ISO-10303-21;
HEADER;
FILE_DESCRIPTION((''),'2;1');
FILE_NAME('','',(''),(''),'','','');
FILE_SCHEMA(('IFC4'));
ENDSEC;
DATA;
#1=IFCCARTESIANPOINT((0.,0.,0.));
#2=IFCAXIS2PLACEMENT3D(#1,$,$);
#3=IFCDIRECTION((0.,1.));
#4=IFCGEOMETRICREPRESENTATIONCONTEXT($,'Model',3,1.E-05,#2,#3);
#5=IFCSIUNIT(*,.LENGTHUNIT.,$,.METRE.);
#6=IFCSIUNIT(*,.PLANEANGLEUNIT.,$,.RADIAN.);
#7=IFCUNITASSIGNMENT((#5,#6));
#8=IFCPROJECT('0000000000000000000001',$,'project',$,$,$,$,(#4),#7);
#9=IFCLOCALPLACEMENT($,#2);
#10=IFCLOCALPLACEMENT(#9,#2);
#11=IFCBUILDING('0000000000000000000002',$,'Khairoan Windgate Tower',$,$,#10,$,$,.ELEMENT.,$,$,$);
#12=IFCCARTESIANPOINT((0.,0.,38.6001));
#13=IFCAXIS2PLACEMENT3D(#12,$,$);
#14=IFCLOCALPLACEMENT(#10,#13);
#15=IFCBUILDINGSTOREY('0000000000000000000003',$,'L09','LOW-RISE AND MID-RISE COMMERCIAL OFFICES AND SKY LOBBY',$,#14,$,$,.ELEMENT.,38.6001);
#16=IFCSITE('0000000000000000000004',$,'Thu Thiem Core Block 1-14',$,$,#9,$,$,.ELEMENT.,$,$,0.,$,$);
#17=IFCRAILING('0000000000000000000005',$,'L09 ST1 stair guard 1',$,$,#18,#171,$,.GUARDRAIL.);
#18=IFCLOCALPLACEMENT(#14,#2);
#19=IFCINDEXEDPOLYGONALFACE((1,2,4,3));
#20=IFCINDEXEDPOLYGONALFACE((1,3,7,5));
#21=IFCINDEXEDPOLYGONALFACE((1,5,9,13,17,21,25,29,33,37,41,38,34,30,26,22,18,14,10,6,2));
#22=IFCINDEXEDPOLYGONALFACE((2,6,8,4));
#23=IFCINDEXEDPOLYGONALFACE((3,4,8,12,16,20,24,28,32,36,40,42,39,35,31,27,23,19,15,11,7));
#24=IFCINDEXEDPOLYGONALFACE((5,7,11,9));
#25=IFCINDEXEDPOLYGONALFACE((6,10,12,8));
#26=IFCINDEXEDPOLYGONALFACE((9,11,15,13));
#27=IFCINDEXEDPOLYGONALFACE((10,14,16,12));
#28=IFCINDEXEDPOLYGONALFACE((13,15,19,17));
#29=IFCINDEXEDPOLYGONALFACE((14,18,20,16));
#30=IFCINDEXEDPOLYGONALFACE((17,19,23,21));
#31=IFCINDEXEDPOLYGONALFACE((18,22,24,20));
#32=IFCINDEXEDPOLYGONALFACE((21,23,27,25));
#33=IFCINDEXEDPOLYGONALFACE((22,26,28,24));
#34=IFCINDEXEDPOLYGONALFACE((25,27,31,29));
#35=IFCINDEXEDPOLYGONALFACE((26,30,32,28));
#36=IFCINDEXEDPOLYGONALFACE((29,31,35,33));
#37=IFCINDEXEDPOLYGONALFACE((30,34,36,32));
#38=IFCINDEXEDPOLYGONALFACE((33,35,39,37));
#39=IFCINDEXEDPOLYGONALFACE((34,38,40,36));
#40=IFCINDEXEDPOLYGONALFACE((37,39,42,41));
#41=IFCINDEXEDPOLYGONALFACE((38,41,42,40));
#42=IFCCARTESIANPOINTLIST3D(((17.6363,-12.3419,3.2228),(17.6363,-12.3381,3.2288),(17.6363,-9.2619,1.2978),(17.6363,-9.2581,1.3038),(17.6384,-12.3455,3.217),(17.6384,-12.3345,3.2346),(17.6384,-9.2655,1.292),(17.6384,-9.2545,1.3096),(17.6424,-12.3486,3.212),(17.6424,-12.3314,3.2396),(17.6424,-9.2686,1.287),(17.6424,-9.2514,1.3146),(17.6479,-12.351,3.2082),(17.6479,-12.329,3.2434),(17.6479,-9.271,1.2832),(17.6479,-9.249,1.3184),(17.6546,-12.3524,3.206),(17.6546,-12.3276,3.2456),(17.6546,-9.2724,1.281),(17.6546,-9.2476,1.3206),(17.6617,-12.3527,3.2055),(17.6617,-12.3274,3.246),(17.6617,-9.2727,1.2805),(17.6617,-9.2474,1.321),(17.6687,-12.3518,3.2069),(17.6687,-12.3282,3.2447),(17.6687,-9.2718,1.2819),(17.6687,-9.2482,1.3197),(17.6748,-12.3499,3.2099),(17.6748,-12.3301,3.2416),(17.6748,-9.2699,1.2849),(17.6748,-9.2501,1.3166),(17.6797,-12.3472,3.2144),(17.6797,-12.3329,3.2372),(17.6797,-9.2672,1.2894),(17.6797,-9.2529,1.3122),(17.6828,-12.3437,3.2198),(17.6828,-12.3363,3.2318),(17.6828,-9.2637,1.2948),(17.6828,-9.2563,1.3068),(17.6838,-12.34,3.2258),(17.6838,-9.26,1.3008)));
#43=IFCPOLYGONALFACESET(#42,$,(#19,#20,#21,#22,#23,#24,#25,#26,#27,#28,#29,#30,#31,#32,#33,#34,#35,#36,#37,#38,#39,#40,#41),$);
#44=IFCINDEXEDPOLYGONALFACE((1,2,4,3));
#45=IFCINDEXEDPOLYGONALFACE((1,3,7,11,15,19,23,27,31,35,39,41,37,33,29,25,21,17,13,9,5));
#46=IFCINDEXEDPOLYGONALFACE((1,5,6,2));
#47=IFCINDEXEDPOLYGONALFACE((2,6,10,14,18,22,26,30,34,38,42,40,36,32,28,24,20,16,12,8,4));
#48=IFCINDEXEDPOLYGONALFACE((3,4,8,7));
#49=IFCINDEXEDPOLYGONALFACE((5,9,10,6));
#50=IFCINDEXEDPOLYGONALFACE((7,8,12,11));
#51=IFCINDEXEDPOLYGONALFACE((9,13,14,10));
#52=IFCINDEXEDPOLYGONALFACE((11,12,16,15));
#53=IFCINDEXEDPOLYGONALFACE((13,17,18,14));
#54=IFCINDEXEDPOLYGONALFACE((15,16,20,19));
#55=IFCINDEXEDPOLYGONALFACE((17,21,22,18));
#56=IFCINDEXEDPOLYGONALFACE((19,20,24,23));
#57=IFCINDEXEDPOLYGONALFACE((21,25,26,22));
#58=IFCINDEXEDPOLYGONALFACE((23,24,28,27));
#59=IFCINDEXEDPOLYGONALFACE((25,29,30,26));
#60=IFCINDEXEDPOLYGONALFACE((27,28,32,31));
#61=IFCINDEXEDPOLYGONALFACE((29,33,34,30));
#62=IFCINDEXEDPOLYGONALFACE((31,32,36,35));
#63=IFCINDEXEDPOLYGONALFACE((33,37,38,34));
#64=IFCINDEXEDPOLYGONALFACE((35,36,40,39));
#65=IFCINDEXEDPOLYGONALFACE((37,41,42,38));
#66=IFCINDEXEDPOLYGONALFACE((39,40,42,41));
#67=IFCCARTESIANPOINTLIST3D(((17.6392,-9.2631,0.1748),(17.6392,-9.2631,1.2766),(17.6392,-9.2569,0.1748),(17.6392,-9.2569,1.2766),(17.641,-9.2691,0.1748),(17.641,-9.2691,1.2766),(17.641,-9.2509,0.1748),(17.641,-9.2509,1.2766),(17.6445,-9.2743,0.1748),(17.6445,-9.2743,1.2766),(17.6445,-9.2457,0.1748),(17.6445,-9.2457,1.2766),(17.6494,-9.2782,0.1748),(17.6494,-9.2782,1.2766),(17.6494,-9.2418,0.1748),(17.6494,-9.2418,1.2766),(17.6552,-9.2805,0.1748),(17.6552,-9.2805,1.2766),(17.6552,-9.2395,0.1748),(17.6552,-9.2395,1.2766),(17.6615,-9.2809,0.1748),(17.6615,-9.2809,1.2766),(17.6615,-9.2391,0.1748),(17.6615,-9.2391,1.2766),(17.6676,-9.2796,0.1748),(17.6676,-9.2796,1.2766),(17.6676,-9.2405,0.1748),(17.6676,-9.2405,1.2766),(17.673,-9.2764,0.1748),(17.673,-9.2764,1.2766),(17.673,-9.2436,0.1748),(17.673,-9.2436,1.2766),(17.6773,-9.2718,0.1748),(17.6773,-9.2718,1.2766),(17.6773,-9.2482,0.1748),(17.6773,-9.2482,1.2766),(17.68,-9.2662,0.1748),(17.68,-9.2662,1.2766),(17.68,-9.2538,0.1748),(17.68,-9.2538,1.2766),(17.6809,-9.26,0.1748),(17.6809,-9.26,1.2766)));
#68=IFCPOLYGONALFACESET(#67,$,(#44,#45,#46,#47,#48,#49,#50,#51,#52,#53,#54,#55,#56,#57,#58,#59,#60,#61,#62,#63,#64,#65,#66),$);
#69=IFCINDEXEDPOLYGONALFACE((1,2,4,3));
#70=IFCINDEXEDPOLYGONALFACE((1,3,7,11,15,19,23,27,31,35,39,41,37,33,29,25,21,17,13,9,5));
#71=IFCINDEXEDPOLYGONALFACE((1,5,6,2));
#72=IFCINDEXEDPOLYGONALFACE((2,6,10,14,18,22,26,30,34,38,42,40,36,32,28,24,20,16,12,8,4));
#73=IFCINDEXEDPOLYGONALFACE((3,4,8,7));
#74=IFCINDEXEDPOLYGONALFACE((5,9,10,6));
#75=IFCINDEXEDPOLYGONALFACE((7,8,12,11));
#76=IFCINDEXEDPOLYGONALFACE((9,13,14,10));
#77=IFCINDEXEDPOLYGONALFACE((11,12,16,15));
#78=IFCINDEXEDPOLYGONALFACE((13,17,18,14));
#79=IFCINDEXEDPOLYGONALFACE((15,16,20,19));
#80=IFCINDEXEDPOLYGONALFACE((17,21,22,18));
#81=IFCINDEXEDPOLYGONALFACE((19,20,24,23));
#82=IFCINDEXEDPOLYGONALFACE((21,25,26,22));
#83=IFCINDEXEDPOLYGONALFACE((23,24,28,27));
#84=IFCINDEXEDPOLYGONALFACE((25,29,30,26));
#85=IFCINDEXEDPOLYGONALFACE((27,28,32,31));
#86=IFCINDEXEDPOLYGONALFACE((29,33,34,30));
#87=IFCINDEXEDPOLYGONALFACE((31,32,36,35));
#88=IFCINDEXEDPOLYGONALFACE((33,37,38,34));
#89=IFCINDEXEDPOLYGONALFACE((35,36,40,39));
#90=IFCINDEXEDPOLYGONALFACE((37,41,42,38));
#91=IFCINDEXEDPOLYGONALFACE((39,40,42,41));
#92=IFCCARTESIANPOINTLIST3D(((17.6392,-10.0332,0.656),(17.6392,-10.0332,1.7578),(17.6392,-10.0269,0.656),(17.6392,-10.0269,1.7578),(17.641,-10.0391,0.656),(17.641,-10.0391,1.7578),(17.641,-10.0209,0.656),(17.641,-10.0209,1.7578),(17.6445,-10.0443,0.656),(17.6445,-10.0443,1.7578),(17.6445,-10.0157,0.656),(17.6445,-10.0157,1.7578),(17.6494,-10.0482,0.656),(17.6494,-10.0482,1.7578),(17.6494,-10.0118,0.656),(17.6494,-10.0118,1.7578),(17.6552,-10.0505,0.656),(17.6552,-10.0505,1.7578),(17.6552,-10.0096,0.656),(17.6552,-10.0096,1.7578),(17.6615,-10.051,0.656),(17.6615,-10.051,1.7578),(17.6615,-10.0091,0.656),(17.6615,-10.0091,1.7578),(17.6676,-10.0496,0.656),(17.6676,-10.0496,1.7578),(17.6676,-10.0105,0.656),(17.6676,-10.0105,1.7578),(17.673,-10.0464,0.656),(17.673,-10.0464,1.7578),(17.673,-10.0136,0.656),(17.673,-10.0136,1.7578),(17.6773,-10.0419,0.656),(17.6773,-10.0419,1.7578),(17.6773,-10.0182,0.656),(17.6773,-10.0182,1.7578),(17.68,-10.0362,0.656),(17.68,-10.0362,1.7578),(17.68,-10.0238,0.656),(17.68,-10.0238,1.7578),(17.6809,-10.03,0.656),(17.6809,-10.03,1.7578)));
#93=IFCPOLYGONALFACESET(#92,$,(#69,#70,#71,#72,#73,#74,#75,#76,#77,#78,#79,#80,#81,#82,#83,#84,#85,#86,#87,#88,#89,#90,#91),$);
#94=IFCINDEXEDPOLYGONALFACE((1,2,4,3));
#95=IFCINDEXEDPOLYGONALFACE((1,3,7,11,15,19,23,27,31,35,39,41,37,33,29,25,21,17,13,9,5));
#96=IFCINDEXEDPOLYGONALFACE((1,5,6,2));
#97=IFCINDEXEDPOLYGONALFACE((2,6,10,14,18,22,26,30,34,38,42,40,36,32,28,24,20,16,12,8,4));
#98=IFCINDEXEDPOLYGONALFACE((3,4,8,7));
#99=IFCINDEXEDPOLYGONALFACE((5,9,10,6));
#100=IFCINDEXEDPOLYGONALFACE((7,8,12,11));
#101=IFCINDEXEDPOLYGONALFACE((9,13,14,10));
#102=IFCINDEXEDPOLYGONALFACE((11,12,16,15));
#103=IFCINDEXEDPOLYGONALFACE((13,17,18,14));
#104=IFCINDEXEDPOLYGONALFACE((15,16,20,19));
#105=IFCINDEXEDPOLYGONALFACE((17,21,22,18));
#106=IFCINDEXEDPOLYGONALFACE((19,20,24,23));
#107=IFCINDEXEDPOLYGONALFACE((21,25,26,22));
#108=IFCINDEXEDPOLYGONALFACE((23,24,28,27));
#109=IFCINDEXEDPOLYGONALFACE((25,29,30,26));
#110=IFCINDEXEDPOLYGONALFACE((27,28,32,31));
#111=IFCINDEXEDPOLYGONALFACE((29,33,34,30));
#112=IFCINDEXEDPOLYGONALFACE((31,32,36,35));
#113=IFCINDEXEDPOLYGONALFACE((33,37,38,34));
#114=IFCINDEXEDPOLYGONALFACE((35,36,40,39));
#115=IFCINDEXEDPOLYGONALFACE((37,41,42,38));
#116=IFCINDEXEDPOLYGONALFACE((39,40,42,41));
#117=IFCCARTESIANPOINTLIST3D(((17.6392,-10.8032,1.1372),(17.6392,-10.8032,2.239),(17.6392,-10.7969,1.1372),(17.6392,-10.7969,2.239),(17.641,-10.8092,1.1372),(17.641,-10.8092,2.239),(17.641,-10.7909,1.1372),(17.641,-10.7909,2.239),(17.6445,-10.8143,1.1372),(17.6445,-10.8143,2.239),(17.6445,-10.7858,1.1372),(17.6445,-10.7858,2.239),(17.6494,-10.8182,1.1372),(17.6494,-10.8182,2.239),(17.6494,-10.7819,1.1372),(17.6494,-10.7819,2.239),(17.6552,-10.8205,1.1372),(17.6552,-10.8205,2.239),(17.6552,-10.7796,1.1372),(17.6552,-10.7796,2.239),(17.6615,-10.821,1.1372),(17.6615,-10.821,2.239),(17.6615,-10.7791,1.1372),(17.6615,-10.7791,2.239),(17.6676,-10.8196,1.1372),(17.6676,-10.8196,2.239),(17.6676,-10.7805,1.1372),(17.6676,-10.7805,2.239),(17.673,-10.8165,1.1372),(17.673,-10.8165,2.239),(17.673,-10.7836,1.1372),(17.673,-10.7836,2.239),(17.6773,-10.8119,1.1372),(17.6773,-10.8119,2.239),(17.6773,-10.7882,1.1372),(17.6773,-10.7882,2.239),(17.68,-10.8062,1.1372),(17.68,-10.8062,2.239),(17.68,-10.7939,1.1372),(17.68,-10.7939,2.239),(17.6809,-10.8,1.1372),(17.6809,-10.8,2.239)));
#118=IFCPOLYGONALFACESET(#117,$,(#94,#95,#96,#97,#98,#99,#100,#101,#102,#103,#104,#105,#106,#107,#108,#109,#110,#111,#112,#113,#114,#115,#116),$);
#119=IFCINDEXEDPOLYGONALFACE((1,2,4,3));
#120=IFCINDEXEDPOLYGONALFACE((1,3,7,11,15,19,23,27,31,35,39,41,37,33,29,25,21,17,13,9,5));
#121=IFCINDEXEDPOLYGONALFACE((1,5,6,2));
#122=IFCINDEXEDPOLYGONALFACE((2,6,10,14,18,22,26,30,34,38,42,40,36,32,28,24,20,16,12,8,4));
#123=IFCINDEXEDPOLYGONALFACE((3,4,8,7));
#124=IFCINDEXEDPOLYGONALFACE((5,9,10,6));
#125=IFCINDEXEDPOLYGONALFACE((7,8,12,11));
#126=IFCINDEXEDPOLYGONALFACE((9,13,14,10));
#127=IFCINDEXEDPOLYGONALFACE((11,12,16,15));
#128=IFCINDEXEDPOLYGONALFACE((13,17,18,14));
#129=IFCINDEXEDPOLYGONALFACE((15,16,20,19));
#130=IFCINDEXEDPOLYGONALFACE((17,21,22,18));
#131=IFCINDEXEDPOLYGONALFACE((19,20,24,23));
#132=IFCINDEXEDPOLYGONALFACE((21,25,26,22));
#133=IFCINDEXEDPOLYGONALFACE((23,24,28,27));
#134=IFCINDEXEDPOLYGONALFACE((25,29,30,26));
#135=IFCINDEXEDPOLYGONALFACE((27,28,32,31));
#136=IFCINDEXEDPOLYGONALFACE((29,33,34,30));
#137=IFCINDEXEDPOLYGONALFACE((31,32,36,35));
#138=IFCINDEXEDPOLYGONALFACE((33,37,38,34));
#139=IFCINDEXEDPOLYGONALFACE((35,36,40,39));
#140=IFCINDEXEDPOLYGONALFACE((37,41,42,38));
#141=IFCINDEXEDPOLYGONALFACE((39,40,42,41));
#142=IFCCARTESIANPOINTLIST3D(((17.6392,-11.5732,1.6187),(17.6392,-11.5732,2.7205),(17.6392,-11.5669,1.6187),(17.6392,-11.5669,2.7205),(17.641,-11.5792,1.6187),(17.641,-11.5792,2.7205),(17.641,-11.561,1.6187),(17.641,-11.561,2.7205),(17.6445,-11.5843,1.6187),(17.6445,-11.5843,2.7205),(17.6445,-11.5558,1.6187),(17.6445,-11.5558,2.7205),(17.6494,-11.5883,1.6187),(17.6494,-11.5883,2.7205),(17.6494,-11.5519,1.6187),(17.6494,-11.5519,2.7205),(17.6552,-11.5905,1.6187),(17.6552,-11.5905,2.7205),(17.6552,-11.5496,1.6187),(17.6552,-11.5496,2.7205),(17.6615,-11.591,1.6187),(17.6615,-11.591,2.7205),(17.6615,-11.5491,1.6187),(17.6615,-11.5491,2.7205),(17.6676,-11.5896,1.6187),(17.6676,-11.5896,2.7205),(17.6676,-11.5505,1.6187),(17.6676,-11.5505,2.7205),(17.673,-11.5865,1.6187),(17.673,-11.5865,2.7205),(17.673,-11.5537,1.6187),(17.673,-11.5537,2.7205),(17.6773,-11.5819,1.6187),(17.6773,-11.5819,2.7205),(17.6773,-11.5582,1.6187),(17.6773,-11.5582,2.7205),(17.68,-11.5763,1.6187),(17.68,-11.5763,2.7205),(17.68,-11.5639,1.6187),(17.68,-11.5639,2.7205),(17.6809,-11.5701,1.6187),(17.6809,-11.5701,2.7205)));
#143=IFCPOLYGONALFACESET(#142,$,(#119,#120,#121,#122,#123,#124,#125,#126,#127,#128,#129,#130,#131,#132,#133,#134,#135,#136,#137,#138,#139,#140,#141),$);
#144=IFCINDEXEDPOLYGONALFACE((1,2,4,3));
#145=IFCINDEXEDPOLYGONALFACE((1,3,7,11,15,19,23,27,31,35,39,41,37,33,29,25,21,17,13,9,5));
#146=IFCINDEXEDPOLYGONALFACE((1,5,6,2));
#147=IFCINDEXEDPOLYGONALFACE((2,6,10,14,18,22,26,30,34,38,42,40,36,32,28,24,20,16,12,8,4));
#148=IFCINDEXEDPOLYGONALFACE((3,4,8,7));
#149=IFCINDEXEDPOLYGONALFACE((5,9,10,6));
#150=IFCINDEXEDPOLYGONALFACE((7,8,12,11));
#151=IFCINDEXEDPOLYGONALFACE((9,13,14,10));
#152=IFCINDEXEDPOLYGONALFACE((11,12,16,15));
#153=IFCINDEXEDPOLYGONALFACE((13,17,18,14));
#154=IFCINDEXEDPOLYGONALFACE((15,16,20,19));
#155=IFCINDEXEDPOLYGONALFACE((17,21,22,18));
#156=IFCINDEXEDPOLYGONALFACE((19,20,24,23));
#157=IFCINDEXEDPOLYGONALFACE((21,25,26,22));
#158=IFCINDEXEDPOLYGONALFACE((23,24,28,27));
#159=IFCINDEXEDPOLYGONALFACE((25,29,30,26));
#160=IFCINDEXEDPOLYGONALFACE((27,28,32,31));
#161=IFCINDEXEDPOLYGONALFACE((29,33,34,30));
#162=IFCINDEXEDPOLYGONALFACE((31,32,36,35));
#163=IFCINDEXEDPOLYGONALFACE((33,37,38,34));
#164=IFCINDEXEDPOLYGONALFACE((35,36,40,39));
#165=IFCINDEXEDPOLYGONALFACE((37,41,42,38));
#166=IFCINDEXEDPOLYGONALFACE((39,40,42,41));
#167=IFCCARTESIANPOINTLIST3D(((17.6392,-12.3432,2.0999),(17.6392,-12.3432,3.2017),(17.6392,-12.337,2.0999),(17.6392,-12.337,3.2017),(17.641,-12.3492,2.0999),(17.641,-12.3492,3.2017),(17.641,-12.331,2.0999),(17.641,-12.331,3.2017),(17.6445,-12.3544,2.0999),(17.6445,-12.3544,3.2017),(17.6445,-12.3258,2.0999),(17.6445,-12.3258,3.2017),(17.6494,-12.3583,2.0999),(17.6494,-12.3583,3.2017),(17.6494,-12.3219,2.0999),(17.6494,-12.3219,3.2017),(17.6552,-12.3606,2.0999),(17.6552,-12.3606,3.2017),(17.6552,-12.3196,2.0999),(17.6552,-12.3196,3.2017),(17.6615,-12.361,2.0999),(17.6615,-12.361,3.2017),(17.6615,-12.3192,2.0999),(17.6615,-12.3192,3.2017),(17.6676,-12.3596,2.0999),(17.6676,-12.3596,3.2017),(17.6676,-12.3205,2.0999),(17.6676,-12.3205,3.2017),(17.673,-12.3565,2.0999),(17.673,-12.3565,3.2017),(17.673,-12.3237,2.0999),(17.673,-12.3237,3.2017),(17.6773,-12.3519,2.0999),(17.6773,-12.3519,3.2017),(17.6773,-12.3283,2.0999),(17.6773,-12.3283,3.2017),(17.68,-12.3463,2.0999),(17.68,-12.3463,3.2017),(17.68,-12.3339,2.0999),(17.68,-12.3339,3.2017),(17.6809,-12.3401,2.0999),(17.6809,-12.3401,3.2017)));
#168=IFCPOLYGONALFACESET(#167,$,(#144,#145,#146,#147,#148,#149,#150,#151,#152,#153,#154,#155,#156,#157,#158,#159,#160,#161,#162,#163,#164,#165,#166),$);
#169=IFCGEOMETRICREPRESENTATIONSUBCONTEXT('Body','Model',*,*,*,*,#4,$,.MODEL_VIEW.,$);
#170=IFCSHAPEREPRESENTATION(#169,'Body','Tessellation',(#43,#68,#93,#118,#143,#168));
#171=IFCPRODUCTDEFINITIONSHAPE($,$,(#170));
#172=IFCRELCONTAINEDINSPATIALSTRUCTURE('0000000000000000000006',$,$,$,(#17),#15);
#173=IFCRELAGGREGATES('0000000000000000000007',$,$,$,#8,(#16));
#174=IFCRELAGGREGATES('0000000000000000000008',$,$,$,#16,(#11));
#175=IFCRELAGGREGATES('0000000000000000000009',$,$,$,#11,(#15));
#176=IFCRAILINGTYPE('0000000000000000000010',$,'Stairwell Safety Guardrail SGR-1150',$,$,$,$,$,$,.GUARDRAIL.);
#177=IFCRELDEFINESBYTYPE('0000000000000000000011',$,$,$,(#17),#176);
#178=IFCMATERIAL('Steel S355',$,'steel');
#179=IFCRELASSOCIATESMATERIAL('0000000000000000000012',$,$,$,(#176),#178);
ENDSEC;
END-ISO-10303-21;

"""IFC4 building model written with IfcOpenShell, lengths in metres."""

from ifc_helpers import new_model, si_unit, direction, frame, origin, origin_2d, place, context, subcontext, project, spatial, circle, extrude, material, type_object, element, save


model = new_model("IFC4")

# Units and contexts
model_context = context("Model", 3, precision=1e-05, world=origin(), true_north=direction((0.0, 1.0)))
body_context = subcontext(model_context, "Body", "Model", "MODEL_VIEW")
ifc_project = project(units=[si_unit("LENGTHUNIT", "METRE"), si_unit("PLANEANGLEUNIT", "RADIAN")], contexts=[model_context])

# Site, building, storey
site_placement = place(None, origin())
site = spatial("IfcSite", under=ifc_project, at=site_placement, Name="Thu Thiem Core Block 1-14", CompositionType="ELEMENT", RefElevation=0.0)
building_placement = place(site_placement, origin())
building = spatial("IfcBuilding", under=site, at=building_placement, Name="Khairoan Windgate Tower", CompositionType="ELEMENT")
storey_placement = place(building_placement, frame((0.0, 0.0, 38.6001)))
storey = spatial("IfcBuildingStorey", under=building, at=storey_placement, Name="L09", Description="LOW-RISE AND MID-RISE COMMERCIAL OFFICES AND SKY LOBBY", CompositionType="ELEMENT", Elevation=38.6001)

# Railing
ifc_material_1 = material(Name="Steel S355", Category="steel")
railing_type = type_object("IfcRailingType", Name="Stairwell Safety Guardrail SGR-1150", PredefinedType="GUARDRAIL", material=ifc_material_1)
railing_1_placement = place(storey_placement, frame((17.6599, -9.26, 0.1748)))
element("IfcRailing", 1, at=railing_1_placement, inside=storey, type_object=railing_type, Name="L09 ST1 stair guard 1", PredefinedType="GUARDRAIL", context=body_context, shape_type="SweptSolid", body=[
    extrude(circle(Radius=0.0239, at=origin_2d()), frame((0.0, 0.0, 1.126), z_axis=(0.0, -0.847998, 0.529999), x_axis=(1.0, 0.0, 0.0)), (0.0, 0.0, 1.0), 3.6321),
    extrude(circle(Radius=0.021, at=origin_2d()), origin(), (0.0, 0.0, 1.0), 1.1018),
    extrude(circle(Radius=0.021, at=origin_2d()), frame((0.0, -0.77, 0.4812)), (0.0, 0.0, 1.0), 1.1018),
    extrude(circle(Radius=0.021, at=origin_2d()), frame((0.0, -1.54, 0.9624)), (0.0, 0.0, 1.0), 1.1018),
    extrude(circle(Radius=0.021, at=origin_2d()), frame((0.0, -2.3101, 1.4438)), (0.0, 0.0, 1.0), 1.1018),
    extrude(circle(Radius=0.021, at=origin_2d()), frame((0.0, -3.0801, 1.925)), (0.0, 0.0, 1.0), 1.1018),
])

save(model, "model.ifc")
